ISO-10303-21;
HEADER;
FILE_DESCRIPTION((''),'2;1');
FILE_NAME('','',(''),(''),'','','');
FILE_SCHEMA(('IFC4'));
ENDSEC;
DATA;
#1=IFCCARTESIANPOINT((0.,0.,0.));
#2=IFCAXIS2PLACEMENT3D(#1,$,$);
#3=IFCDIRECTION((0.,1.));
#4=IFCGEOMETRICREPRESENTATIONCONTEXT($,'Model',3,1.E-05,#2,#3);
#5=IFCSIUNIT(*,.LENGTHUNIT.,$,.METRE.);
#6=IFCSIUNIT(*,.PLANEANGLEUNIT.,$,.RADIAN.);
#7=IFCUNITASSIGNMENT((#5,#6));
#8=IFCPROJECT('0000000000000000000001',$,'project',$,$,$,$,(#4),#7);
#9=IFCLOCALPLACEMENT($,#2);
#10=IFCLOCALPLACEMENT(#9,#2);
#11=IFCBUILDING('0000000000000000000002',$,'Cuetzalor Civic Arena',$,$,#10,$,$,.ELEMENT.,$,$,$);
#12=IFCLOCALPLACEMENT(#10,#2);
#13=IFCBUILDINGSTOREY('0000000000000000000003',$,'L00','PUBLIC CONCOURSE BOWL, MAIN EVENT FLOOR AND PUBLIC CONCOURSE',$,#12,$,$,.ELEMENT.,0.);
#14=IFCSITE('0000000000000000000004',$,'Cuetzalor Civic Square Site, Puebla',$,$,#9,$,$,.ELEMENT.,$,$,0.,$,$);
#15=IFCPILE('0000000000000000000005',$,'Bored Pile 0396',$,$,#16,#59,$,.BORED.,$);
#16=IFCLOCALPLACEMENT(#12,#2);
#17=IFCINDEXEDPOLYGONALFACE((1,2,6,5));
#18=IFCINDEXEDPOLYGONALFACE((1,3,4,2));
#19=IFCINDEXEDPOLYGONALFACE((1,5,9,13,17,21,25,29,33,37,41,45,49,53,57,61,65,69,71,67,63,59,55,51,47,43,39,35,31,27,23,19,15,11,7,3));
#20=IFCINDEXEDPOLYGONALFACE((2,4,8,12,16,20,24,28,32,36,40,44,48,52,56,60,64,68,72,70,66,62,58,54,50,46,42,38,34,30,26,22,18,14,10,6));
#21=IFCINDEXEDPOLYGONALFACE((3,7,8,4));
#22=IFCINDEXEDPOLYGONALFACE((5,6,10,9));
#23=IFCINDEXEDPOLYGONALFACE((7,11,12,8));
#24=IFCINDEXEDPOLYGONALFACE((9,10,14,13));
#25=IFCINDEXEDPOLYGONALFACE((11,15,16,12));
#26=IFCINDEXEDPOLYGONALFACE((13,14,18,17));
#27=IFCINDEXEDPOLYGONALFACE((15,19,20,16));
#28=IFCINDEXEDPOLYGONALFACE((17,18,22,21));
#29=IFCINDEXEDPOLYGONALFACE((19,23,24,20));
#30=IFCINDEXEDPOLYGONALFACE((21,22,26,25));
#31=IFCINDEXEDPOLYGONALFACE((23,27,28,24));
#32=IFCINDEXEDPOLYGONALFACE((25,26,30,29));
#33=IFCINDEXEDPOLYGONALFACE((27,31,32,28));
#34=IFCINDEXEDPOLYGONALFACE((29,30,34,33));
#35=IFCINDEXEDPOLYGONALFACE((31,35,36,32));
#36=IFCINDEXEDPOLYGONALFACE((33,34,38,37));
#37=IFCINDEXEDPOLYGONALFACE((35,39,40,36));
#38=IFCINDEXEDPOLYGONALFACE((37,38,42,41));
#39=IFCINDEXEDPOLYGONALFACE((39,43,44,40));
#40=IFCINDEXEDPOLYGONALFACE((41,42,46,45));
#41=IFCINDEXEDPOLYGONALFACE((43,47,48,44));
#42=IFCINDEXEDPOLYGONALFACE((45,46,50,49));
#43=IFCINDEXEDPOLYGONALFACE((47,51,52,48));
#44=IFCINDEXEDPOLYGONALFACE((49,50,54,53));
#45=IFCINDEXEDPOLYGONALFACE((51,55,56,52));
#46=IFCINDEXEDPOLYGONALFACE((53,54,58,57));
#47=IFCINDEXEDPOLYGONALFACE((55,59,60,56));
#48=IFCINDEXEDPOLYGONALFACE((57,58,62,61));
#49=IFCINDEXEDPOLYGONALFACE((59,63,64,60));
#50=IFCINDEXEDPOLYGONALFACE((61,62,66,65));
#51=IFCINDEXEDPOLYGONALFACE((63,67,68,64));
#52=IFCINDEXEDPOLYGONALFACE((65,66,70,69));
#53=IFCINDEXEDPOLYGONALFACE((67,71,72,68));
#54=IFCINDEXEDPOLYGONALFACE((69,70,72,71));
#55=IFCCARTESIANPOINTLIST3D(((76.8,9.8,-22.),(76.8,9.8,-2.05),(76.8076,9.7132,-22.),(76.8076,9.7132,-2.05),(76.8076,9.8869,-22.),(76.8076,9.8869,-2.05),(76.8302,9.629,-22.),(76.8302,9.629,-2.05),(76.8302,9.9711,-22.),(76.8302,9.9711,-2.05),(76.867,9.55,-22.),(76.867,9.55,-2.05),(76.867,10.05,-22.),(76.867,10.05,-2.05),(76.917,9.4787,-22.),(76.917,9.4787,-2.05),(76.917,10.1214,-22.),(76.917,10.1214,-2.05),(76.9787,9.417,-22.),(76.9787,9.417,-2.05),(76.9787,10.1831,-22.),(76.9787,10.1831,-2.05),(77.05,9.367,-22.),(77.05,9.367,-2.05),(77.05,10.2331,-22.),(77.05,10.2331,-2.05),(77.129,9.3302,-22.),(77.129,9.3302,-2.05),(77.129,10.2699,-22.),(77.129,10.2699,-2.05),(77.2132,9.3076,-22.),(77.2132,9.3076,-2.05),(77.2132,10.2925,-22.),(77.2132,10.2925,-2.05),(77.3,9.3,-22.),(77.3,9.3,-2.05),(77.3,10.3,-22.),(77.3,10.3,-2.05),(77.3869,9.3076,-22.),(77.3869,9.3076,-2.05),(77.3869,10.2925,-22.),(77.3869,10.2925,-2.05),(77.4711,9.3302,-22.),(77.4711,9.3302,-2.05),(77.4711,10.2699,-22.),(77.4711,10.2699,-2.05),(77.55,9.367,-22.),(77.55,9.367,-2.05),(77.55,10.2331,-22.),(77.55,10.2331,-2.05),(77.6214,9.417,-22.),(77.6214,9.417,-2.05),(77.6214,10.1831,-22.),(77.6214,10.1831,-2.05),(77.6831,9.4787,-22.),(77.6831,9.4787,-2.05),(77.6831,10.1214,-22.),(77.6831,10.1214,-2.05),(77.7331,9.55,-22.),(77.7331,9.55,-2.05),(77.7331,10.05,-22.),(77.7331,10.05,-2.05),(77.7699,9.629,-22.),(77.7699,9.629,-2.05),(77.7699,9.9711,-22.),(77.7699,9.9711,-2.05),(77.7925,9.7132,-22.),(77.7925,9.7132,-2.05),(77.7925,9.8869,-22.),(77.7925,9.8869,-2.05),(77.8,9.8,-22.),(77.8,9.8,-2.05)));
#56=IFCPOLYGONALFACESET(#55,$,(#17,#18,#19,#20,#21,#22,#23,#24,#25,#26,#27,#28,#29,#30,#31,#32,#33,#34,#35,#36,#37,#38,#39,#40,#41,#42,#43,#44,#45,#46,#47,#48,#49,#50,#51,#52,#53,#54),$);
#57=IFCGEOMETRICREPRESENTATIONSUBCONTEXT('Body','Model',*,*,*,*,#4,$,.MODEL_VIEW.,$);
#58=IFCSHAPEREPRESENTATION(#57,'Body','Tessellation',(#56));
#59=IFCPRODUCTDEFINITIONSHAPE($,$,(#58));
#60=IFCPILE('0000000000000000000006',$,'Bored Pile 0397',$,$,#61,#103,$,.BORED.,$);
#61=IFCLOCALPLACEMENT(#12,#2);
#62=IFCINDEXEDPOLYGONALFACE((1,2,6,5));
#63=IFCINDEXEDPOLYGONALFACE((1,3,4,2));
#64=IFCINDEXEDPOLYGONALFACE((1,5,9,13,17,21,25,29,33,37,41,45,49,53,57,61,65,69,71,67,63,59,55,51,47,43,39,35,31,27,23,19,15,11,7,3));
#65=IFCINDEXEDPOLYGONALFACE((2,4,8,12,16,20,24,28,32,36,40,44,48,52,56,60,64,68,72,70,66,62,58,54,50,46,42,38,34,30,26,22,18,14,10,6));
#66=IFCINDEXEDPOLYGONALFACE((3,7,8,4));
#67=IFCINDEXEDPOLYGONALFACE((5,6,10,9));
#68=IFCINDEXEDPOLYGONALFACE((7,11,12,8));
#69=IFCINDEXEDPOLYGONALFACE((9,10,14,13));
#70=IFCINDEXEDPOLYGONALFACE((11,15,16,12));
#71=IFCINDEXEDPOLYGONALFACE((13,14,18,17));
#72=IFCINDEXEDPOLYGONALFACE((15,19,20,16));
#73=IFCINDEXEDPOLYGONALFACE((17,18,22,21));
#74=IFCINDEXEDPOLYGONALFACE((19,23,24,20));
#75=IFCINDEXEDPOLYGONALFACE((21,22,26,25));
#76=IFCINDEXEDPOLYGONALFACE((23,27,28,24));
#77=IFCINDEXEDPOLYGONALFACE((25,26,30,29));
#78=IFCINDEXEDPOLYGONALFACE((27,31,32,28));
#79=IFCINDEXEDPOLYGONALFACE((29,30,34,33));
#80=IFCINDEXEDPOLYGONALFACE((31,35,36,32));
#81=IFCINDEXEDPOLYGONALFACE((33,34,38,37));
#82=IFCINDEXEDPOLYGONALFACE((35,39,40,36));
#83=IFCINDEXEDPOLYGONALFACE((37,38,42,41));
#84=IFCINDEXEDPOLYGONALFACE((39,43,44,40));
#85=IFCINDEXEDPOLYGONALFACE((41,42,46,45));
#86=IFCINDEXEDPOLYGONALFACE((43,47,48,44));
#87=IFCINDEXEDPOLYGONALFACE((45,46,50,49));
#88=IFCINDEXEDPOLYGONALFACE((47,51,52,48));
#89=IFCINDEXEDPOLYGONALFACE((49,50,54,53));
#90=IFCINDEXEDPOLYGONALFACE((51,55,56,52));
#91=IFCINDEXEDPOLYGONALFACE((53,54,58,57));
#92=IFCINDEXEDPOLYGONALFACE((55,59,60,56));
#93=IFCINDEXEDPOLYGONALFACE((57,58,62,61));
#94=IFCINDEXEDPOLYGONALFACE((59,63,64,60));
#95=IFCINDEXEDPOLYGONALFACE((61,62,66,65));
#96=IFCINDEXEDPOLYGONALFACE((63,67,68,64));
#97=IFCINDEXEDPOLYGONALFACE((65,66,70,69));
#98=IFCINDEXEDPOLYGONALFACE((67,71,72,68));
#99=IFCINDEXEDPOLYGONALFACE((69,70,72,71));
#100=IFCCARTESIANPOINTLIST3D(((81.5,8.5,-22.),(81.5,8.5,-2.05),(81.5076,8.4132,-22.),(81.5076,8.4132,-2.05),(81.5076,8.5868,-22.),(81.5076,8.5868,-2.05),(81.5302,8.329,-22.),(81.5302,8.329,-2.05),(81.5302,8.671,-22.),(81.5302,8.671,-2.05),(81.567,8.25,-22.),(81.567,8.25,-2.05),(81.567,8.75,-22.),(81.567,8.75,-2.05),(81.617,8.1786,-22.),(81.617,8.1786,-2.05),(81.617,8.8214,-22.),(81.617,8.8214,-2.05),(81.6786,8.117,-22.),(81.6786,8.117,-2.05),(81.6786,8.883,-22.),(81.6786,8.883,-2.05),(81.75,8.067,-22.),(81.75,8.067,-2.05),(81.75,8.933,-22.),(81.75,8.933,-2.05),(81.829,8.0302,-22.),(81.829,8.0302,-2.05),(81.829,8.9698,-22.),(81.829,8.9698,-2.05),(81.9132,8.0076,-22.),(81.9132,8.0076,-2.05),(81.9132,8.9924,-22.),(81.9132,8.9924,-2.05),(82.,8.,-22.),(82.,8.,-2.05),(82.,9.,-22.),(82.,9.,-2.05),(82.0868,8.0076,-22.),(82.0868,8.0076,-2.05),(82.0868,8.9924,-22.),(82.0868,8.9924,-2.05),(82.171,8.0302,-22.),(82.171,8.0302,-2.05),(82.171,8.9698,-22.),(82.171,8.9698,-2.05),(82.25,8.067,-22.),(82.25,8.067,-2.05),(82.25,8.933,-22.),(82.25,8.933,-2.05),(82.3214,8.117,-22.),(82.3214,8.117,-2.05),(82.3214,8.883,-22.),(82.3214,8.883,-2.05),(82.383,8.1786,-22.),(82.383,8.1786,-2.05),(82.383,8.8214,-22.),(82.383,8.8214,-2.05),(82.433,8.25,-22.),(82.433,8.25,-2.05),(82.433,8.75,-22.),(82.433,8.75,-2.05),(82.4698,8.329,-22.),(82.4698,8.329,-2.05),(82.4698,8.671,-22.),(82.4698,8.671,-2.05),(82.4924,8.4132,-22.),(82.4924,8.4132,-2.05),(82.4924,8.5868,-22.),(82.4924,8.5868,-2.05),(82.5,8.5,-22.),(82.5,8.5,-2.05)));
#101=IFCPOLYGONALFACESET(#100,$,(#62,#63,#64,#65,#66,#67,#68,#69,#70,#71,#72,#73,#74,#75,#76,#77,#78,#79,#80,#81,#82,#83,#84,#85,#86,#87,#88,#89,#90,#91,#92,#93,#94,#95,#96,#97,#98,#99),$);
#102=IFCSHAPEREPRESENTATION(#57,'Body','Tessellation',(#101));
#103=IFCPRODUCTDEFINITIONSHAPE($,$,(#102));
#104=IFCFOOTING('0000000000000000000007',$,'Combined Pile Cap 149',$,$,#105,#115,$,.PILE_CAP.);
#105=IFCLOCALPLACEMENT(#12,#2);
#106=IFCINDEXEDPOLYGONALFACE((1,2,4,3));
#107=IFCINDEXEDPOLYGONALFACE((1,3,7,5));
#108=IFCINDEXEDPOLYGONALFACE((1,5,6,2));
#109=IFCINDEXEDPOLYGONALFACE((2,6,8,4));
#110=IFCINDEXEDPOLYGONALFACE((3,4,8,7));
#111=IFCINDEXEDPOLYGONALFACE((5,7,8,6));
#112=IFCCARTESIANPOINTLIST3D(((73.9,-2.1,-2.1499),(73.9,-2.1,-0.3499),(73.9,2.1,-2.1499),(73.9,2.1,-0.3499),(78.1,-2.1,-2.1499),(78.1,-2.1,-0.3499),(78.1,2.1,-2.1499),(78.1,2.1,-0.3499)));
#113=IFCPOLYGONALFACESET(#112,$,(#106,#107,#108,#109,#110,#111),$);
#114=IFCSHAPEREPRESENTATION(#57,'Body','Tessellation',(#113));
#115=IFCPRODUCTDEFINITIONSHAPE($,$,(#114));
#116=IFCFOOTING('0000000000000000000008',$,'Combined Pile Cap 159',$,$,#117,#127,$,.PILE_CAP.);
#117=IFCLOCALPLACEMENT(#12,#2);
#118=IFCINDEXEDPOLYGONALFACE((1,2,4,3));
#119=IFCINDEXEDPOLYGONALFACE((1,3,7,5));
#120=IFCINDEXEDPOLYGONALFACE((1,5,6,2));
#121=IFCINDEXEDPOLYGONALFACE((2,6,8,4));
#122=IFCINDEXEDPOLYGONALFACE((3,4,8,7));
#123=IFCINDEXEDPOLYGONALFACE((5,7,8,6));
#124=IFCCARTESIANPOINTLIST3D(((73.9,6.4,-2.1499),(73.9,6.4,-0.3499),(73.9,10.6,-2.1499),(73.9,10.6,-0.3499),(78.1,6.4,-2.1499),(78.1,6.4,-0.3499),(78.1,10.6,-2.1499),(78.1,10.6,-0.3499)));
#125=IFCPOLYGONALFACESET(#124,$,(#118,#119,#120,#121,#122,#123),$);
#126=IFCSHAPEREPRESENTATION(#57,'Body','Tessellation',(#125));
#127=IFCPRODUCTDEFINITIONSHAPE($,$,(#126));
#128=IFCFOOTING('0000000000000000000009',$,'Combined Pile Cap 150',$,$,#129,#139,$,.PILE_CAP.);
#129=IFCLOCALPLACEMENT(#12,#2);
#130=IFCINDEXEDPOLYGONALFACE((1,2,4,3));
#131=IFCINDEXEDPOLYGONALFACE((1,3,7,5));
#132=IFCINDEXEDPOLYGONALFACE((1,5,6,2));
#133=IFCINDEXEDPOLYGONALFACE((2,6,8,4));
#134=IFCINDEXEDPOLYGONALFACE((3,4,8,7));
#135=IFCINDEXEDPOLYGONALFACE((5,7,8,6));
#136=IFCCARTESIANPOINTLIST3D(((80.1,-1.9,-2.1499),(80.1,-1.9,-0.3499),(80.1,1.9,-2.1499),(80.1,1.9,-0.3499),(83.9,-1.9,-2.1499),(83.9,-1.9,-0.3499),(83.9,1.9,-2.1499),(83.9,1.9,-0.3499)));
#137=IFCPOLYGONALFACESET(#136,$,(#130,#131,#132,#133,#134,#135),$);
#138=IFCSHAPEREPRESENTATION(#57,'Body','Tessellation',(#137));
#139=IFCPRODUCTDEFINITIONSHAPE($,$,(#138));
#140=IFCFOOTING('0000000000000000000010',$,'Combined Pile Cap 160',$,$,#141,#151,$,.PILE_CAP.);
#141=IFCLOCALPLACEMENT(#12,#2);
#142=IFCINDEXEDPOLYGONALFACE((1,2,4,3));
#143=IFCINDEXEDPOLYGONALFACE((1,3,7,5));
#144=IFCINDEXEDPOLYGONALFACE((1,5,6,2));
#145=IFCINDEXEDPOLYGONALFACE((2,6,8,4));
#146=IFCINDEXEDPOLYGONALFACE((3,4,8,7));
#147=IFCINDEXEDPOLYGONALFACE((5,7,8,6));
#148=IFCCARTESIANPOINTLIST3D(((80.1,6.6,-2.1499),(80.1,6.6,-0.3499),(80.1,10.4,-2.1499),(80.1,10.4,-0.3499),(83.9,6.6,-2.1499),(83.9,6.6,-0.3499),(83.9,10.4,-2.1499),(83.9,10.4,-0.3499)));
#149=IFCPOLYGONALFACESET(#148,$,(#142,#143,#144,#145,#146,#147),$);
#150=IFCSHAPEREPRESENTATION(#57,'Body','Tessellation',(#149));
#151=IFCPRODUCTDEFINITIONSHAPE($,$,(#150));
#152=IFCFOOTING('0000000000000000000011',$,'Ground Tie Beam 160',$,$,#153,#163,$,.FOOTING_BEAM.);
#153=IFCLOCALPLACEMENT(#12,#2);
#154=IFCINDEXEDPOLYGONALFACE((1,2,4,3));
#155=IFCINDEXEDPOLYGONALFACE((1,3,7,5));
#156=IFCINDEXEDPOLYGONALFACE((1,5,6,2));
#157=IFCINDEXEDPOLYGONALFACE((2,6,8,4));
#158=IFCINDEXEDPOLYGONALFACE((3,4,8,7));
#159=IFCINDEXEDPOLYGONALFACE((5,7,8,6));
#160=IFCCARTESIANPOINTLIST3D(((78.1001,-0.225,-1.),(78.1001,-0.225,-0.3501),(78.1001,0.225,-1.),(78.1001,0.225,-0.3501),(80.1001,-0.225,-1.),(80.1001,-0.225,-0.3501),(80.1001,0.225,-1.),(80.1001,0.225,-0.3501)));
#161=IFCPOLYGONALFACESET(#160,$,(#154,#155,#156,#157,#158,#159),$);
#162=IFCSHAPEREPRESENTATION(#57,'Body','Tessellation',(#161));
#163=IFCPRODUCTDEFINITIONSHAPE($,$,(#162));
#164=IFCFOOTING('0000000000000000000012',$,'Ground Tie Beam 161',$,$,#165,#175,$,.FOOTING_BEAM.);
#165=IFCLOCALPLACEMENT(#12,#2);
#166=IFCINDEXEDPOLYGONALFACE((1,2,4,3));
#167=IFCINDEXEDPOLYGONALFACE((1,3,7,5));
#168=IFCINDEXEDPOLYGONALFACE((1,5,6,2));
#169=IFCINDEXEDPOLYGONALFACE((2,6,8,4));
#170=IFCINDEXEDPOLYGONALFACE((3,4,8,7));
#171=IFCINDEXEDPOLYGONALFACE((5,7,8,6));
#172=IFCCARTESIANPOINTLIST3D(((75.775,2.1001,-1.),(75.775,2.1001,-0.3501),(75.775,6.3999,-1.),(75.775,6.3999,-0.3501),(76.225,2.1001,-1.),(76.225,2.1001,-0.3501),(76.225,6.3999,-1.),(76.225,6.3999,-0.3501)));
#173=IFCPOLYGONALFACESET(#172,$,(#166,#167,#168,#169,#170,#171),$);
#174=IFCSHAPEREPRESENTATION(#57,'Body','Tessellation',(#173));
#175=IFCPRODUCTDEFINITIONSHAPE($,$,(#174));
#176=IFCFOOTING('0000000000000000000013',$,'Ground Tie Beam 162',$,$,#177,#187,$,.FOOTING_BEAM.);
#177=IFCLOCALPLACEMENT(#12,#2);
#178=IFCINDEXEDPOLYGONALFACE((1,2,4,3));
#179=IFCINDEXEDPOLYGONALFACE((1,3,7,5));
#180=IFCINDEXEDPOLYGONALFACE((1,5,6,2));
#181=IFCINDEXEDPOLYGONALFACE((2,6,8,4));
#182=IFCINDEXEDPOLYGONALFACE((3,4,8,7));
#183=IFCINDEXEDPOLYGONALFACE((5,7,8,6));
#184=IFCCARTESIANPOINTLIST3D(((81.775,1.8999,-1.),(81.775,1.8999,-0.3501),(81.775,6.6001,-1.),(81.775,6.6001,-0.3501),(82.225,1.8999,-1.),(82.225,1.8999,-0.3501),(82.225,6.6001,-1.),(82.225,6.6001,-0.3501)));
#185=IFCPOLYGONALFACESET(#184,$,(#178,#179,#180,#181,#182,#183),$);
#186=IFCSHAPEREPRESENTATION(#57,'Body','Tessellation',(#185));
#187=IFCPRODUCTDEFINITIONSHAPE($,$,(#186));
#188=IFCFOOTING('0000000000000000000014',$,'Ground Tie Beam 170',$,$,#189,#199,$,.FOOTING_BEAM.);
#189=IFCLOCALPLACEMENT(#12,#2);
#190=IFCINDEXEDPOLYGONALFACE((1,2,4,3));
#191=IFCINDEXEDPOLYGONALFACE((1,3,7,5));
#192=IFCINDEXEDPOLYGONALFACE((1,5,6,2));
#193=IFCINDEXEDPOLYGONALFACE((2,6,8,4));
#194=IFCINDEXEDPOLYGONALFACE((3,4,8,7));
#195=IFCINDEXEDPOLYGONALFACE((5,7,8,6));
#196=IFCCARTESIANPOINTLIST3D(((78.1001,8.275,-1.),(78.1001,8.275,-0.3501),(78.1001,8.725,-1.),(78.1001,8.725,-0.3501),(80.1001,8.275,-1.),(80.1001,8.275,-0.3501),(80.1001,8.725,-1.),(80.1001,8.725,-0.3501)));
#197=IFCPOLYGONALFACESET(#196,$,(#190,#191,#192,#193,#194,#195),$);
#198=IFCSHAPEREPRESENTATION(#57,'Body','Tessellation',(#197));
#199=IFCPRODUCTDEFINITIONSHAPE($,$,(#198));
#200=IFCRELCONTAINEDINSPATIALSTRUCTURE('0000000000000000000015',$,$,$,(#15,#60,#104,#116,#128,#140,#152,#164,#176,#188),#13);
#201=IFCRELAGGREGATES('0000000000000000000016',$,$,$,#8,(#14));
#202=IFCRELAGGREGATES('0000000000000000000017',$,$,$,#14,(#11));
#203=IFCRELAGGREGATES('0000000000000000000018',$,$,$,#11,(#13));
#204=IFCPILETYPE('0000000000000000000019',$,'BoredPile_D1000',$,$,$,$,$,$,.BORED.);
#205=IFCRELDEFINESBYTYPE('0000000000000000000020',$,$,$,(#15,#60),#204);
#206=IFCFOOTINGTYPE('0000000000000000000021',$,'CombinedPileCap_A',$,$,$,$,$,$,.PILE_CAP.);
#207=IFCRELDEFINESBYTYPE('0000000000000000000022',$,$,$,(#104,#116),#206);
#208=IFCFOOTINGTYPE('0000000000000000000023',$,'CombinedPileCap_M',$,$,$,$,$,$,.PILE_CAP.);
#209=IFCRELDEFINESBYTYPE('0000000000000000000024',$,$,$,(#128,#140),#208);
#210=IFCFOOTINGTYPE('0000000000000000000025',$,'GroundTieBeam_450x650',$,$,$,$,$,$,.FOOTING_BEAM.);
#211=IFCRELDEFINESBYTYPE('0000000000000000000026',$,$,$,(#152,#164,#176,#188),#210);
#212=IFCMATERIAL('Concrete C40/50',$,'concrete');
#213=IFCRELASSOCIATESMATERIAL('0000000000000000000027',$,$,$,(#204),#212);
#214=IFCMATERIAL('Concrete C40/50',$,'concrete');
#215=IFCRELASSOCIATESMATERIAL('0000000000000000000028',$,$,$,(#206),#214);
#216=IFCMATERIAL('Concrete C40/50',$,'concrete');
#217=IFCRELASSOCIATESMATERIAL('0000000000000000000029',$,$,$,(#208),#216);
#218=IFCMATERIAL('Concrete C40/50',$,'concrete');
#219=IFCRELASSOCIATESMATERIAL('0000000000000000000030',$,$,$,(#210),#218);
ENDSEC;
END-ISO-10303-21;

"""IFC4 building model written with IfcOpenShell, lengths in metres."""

from ifc_helpers import new_model, si_unit, direction, frame, origin, origin_2d, place, context, subcontext, project, spatial, rectangle, circle, extrude, material, material_profile, profile_set, type_object, element, save


model = new_model("IFC4")

# Units and contexts
model_context = context("Model", 3, precision=1e-05, world=origin(), true_north=direction((0.0, 1.0)))
body_context = subcontext(model_context, "Body", "Model", "MODEL_VIEW")
ifc_project = project(units=[si_unit("LENGTHUNIT", "METRE"), si_unit("PLANEANGLEUNIT", "RADIAN")], contexts=[model_context])

# Site, building, storey
site_placement = place(None, origin())
site = spatial("IfcSite", under=ifc_project, at=site_placement, Name="Cuetzalor Civic Square Site, Puebla", CompositionType="ELEMENT", RefElevation=0.0)
building_placement = place(site_placement, origin())
building = spatial("IfcBuilding", under=site, at=building_placement, Name="Cuetzalor Civic Arena", CompositionType="ELEMENT")
storey_placement = place(building_placement, origin())
storey = spatial("IfcBuildingStorey", under=building, at=storey_placement, Name="L00", Description="PUBLIC CONCOURSE BOWL, MAIN EVENT FLOOR AND PUBLIC CONCOURSE", CompositionType="ELEMENT", Elevation=0.0)

# Piles
ifc_material_1 = material(Name="Concrete C40/50", Category="concrete")
ifc_material_profile_1 = material_profile(ifc_material_1, circle(Radius=0.5, at=origin_2d()), Name="BORED PILE D1000")
ifc_profile_set_1 = profile_set([ifc_material_profile_1], Name="Concrete C40/50")
pile_type = type_object("IfcPileType", Name="BoredPile_D1000", PredefinedType="BORED", material=ifc_profile_set_1)
for number, where, z_axis, x_axis, name in (
    (1, (77.3, 9.8, -2.05), (0.0, 0.0, -1.0), (1.0, 0.0, 0.0), "Bored Pile 0396"),
    (2, (82.0, 8.5, -2.05), (0.0, 0.0, -1.0), (1.0, 0.0, 0.0), "Bored Pile 0397"),
):
    element("IfcPile", number, at=place(storey_placement, frame(where, z_axis=z_axis, x_axis=x_axis)), inside=storey, type_object=pile_type, Name=name, PredefinedType="BORED", context=body_context, shape_type="SweptSolid", body=[
        extrude(circle(Radius=0.5, at=origin_2d()), origin(), (0.0, 0.0, 1.0), 19.95),
    ])

# Footings
ifc_material_2 = material(Name="Concrete C40/50", Category="concrete")
footing_type_1 = type_object("IfcFootingType", Name="CombinedPileCap_A", PredefinedType="PILE_CAP", material=ifc_material_2)
for number, where, z_axis, x_axis, name in (
    (3, (76.0, 0.0, -2.1499), (0.0, 0.0, 1.0), (1.0, 0.0, 0.0), "Combined Pile Cap 149"),
    (4, (76.0, 8.5, -2.1499), (0.0, 0.0, 1.0), (1.0, 0.0, 0.0), "Combined Pile Cap 159"),
):
    element("IfcFooting", number, at=place(storey_placement, frame(where, z_axis=z_axis, x_axis=x_axis)), inside=storey, type_object=footing_type_1, Name=name, PredefinedType="PILE_CAP", context=body_context, shape_type="SweptSolid", body=[
        extrude(rectangle(XDim=4.2, YDim=4.2, at=origin_2d()), origin(), (0.0, 0.0, 1.0), 1.8),
    ])
ifc_material_3 = material(Name="Concrete C40/50", Category="concrete")
footing_type_2 = type_object("IfcFootingType", Name="CombinedPileCap_M", PredefinedType="PILE_CAP", material=ifc_material_3)
for number, where, z_axis, x_axis, name in (
    (5, (82.0, 0.0, -2.1499), (0.0, 0.0, 1.0), (1.0, 0.0, 0.0), "Combined Pile Cap 150"),
    (6, (82.0, 8.5, -2.1499), (0.0, 0.0, 1.0), (1.0, 0.0, 0.0), "Combined Pile Cap 160"),
):
    element("IfcFooting", number, at=place(storey_placement, frame(where, z_axis=z_axis, x_axis=x_axis)), inside=storey, type_object=footing_type_2, Name=name, PredefinedType="PILE_CAP", context=body_context, shape_type="SweptSolid", body=[
        extrude(rectangle(XDim=3.8, YDim=3.8, at=origin_2d()), origin(), (0.0, 0.0, 1.0), 1.8),
    ])
ifc_material_4 = material(Name="Concrete C40/50", Category="concrete")
ifc_material_profile_2 = material_profile(ifc_material_4, rectangle(XDim=0.45, YDim=0.6499, at=origin_2d()), Name="RC 450x650")
ifc_profile_set_2 = profile_set([ifc_material_profile_2], Name="Concrete C40/50")
footing_type_3 = type_object("IfcFootingType", Name="GroundTieBeam_450x650", PredefinedType="FOOTING_BEAM", material=ifc_profile_set_2)
footing_1_placement = place(storey_placement, frame((78.1001, 0.0, -0.675), z_axis=(1.0, 0.0, 0.0), x_axis=(0.0, 1.0, 0.0)))
element("IfcFooting", 7, at=footing_1_placement, inside=storey, type_object=footing_type_3, Name="Ground Tie Beam 160", PredefinedType="FOOTING_BEAM", context=body_context, shape_type="SweptSolid", body=[
    extrude(rectangle(XDim=0.45, YDim=0.6499, at=origin_2d()), origin(), (0.0, 0.0, 1.0), 2.0),
])
footing_2_placement = place(storey_placement, frame((76.0, 2.1001, -0.675), z_axis=(0.0, 1.0, 0.0), x_axis=(-1.0, 0.0, 0.0)))
element("IfcFooting", 8, at=footing_2_placement, inside=storey, type_object=footing_type_3, Name="Ground Tie Beam 161", PredefinedType="FOOTING_BEAM", context=body_context, shape_type="SweptSolid", body=[
    extrude(rectangle(XDim=0.45, YDim=0.6499, at=origin_2d()), origin(), (0.0, 0.0, 1.0), 4.2998),
])
footing_3_placement = place(storey_placement, frame((82.0, 1.8999, -0.675), z_axis=(0.0, 1.0, 0.0), x_axis=(-1.0, 0.0, 0.0)))
element("IfcFooting", 9, at=footing_3_placement, inside=storey, type_object=footing_type_3, Name="Ground Tie Beam 162", PredefinedType="FOOTING_BEAM", context=body_context, shape_type="SweptSolid", body=[
    extrude(rectangle(XDim=0.45, YDim=0.6499, at=origin_2d()), origin(), (0.0, 0.0, 1.0), 4.7002),
])
footing_4_placement = place(storey_placement, frame((78.1001, 8.5, -0.675), z_axis=(1.0, 0.0, 0.0), x_axis=(0.0, 1.0, 0.0)))
element("IfcFooting", 10, at=footing_4_placement, inside=storey, type_object=footing_type_3, Name="Ground Tie Beam 170", PredefinedType="FOOTING_BEAM", context=body_context, shape_type="SweptSolid", body=[
    extrude(rectangle(XDim=0.45, YDim=0.6499, at=origin_2d()), origin(), (0.0, 0.0, 1.0), 2.0),
])

save(model, "model.ifc")
